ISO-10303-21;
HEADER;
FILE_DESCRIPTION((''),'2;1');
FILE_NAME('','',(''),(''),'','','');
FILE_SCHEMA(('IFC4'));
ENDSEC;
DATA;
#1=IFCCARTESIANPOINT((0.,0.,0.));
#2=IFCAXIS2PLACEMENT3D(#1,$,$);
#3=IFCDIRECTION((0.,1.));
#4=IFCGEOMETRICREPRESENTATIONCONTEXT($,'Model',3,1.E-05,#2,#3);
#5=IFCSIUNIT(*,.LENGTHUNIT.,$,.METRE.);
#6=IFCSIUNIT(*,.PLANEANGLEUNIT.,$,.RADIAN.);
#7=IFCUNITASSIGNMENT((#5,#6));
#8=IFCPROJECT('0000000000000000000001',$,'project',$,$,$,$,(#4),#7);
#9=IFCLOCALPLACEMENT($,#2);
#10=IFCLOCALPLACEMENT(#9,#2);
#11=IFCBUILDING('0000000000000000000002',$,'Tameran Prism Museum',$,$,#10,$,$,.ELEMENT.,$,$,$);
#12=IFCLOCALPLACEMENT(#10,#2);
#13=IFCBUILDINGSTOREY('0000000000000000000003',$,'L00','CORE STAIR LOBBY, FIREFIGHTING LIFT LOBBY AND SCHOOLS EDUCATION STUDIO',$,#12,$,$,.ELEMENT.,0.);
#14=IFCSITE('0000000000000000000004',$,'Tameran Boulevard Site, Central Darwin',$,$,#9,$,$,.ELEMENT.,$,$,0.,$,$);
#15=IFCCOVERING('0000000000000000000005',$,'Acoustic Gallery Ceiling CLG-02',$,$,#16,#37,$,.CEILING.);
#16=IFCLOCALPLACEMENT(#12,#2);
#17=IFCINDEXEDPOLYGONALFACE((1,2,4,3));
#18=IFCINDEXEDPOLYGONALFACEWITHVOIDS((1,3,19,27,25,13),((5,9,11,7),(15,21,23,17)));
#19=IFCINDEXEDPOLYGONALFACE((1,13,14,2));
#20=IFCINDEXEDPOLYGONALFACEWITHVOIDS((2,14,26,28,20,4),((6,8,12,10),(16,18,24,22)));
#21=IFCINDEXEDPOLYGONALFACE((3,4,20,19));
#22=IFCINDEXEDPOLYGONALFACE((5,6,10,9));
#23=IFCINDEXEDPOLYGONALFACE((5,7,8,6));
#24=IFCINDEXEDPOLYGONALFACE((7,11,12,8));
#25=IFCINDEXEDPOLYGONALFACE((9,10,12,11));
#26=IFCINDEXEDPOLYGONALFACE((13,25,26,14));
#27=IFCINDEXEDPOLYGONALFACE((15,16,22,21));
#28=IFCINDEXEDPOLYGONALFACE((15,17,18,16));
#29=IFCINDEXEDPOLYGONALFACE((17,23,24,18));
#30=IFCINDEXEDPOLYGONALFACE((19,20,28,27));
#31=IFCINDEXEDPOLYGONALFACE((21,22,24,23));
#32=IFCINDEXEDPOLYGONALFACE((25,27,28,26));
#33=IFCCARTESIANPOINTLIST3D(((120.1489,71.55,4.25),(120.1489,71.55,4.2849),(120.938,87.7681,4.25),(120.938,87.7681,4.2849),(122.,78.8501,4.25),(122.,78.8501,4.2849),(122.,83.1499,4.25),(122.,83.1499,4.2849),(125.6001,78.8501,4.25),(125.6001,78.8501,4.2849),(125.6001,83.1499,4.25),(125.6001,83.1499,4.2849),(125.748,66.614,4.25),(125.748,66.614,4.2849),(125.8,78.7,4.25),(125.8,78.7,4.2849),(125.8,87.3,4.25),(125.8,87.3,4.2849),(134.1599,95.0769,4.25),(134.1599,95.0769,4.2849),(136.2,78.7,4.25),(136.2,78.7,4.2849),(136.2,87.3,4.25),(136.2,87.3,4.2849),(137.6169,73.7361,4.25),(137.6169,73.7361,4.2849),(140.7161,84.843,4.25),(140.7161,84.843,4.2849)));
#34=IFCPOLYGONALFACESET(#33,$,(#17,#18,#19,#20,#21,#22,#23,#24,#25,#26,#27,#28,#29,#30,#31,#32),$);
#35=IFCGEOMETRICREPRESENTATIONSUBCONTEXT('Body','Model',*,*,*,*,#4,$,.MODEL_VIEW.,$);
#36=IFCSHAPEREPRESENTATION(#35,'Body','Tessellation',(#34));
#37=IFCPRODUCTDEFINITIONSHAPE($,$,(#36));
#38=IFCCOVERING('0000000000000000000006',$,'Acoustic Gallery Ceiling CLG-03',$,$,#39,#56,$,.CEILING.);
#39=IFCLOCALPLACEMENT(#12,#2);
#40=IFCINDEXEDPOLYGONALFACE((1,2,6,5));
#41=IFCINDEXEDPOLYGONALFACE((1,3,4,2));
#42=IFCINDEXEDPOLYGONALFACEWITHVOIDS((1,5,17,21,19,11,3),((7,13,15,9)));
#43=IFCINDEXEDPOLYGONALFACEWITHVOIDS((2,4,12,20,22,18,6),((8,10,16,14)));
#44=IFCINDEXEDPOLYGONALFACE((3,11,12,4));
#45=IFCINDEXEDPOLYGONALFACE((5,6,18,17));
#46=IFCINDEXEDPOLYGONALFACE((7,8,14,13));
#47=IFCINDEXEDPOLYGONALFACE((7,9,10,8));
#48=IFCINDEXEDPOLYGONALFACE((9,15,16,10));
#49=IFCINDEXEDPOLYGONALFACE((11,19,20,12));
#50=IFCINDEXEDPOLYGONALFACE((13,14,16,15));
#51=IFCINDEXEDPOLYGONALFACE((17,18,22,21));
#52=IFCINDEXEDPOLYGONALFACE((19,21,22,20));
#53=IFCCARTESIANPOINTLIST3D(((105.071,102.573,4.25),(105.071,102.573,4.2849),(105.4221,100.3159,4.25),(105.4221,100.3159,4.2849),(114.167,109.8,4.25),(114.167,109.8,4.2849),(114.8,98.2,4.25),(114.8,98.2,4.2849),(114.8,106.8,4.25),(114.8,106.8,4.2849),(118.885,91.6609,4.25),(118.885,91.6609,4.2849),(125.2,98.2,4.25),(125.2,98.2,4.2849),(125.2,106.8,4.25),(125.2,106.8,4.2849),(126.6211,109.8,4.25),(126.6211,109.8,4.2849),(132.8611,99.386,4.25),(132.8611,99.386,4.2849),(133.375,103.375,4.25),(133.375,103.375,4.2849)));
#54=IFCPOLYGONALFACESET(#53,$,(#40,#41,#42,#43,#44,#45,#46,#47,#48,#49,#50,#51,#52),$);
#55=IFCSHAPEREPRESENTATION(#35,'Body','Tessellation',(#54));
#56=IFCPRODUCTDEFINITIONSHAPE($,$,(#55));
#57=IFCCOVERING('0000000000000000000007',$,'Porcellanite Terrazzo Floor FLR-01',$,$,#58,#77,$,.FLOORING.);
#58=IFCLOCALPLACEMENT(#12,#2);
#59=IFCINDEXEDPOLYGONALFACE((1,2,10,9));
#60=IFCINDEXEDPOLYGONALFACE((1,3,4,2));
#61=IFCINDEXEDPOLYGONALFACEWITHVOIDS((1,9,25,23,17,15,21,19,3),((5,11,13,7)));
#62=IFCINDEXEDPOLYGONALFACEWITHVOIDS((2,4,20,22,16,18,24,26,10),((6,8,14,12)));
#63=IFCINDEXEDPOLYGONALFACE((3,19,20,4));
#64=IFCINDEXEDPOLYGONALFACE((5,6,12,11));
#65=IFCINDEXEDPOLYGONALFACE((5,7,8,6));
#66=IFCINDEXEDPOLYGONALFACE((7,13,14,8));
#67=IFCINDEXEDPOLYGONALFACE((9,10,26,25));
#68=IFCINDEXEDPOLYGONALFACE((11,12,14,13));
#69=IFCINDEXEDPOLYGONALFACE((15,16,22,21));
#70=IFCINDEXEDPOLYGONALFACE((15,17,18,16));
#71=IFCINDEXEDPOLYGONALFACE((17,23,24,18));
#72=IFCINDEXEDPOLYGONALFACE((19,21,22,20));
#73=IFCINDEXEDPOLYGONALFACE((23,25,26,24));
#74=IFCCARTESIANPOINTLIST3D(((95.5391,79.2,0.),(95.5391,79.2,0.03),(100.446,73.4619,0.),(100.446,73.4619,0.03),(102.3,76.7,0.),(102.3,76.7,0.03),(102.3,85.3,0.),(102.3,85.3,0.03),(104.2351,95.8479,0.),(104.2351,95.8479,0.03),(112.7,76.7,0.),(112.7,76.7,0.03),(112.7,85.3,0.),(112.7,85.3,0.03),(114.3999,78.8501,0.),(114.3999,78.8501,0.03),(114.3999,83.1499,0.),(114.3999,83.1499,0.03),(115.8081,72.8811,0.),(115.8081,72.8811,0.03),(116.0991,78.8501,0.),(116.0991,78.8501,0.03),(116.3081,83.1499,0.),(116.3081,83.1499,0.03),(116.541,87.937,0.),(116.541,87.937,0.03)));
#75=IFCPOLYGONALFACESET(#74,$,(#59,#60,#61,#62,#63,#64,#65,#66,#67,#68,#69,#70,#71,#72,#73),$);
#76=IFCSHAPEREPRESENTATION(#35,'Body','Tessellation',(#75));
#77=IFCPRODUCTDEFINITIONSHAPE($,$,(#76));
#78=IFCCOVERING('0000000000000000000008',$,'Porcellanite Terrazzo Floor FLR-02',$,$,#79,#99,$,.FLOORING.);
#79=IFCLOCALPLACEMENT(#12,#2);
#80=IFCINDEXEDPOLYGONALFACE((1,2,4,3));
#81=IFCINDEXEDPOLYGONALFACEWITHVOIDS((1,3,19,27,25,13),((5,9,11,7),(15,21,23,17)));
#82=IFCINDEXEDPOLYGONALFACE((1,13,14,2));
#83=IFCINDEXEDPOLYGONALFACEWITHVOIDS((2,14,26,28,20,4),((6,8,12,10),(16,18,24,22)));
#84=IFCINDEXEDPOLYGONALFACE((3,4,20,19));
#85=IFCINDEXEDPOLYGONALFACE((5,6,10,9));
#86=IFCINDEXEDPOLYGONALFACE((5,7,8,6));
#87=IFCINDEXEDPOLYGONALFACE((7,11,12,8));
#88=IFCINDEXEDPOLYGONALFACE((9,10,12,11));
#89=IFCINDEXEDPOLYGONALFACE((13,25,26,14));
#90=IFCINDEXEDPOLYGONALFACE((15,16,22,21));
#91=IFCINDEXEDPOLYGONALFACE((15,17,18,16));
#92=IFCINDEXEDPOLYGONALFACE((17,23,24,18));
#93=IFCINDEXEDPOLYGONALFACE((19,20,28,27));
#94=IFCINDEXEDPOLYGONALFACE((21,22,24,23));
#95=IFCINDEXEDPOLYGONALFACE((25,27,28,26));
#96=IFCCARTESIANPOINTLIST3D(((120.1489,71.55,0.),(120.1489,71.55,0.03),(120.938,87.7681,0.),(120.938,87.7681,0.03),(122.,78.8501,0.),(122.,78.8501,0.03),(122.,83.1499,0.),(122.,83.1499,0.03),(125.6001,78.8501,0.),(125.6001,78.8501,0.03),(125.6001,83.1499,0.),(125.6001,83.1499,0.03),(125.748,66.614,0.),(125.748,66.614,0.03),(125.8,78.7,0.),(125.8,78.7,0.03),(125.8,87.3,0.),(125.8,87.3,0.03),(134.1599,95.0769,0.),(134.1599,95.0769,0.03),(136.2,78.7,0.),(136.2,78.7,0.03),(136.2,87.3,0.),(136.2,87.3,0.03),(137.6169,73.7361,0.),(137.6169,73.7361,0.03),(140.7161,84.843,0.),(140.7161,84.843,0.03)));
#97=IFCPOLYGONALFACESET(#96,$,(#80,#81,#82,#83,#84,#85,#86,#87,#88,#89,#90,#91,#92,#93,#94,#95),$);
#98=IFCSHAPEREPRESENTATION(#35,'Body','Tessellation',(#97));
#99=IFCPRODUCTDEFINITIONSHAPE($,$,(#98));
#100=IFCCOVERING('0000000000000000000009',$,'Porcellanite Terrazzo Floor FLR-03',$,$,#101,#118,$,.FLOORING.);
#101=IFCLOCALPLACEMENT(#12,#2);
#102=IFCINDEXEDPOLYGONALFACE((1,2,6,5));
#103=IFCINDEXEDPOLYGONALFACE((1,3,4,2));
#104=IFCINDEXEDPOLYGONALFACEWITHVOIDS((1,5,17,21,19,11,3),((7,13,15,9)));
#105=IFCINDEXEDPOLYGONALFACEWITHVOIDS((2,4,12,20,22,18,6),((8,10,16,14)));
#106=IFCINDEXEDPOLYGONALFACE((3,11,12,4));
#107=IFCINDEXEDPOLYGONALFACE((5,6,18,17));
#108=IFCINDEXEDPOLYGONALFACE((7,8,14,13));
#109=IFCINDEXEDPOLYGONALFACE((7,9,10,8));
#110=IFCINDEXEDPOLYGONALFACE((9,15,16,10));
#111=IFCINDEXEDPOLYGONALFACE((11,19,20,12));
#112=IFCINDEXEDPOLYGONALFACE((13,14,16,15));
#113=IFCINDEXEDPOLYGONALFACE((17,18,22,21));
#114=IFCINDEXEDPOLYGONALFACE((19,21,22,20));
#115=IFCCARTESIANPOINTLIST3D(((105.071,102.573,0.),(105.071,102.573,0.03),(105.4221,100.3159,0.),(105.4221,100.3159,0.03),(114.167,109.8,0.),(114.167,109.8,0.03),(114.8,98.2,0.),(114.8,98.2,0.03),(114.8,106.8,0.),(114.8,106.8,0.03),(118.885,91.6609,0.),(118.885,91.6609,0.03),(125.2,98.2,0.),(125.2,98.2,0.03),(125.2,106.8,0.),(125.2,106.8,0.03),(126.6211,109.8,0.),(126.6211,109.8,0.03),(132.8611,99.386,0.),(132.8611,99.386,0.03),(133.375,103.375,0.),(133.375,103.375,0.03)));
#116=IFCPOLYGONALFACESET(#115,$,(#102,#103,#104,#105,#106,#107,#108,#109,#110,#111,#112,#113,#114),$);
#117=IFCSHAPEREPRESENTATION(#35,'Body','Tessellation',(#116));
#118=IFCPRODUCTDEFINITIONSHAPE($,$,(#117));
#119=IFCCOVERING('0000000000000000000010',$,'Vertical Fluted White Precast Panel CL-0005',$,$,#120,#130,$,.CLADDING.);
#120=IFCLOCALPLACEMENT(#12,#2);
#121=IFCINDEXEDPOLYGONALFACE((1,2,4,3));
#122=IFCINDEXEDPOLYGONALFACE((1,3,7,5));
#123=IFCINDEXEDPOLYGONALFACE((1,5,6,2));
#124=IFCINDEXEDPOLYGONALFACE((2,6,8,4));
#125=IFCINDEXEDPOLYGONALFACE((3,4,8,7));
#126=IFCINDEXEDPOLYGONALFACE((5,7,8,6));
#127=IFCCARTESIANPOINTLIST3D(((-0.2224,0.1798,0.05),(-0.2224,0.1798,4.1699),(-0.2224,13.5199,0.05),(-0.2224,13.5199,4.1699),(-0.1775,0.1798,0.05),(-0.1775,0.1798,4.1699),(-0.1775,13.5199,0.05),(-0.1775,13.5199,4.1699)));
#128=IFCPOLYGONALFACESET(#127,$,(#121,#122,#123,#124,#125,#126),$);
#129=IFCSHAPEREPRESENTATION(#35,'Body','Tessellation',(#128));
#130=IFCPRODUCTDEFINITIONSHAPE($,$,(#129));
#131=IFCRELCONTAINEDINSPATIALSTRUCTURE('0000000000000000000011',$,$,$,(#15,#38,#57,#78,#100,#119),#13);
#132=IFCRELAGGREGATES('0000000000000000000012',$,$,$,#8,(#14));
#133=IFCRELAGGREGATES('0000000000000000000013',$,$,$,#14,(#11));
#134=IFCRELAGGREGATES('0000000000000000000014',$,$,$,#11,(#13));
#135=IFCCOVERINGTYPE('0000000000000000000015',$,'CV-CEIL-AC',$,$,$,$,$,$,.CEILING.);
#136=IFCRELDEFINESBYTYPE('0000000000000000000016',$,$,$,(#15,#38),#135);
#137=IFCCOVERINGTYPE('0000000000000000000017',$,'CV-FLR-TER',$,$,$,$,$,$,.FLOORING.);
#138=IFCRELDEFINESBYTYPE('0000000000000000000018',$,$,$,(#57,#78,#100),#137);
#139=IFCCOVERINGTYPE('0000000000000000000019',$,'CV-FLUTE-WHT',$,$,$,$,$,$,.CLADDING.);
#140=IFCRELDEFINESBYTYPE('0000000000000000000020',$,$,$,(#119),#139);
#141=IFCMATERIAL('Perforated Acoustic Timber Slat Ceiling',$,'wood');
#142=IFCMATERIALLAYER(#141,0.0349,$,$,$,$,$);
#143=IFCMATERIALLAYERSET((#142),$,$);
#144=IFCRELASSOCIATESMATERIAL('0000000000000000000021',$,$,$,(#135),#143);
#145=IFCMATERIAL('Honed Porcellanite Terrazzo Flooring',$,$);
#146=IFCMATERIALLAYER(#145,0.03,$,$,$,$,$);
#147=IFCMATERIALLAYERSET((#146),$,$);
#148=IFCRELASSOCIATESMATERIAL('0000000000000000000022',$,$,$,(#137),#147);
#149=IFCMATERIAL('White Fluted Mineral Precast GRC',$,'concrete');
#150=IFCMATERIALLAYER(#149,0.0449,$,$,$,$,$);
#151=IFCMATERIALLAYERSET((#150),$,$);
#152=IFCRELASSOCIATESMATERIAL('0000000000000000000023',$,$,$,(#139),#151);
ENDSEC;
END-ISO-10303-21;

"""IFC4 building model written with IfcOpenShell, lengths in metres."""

from ifc_helpers import new_model, si_unit, direction, frame, frame_2d, origin, place, context, subcontext, project, spatial, polyline, rectangle, outline, extrude, material, layer, layer_set, type_object, element, save


model = new_model("IFC4")

# Units and contexts
model_context = context("Model", 3, precision=1e-05, world=origin(), true_north=direction((0.0, 1.0)))
body_context = subcontext(model_context, "Body", "Model", "MODEL_VIEW")
ifc_project = project(units=[si_unit("LENGTHUNIT", "METRE"), si_unit("PLANEANGLEUNIT", "RADIAN")], contexts=[model_context])

# Site, building, storey
site_placement = place(None, origin())
site = spatial("IfcSite", under=ifc_project, at=site_placement, Name="Tameran Boulevard Site, Central Darwin", CompositionType="ELEMENT", RefElevation=0.0)
building_placement = place(site_placement, origin())
building = spatial("IfcBuilding", under=site, at=building_placement, Name="Tameran Prism Museum", CompositionType="ELEMENT")
storey_placement = place(building_placement, origin())
storey = spatial("IfcBuildingStorey", under=building, at=storey_placement, Name="L00", Description="CORE STAIR LOBBY, FIREFIGHTING LIFT LOBBY AND SCHOOLS EDUCATION STUDIO", CompositionType="ELEMENT", Elevation=0.0)

# Coverings
ifc_material_1 = material(Name="Perforated Acoustic Timber Slat Ceiling", Category="wood")
ifc_layer_1 = layer(ifc_material_1, 0.0349)
ifc_layer_set_1 = layer_set([ifc_layer_1])
covering_type_1 = type_object("IfcCoveringType", Name="CV-CEIL-AC", PredefinedType="CEILING", material=ifc_layer_set_1)
covering_1_placement = place(storey_placement, frame((0.0, 0.0, 4.25)))
element("IfcCovering", 1, at=covering_1_placement, inside=storey, type_object=covering_type_1, Name="Acoustic Gallery Ceiling CLG-02", PredefinedType="CEILING", context=body_context, shape_type="SweptSolid", body=[
    extrude(outline(polyline([(120.938, 87.7681), (134.1599, 95.0769), (140.7161, 84.843), (137.6169, 73.7361), (125.748, 66.614), (120.1489, 71.55), (120.938, 87.7681)]), holes=[polyline([(125.6001, 78.8501), (125.6001, 83.1499), (122.0, 83.1499), (122.0, 78.8501), (125.6001, 78.8501)]), polyline([(136.2, 87.3), (125.8, 87.3), (125.8, 78.7), (136.2, 78.7), (136.2, 87.3)])]), origin(), (0.0, 0.0, 1.0), 0.0349),
])
covering_2_placement = place(storey_placement, frame((0.0, 0.0, 4.25)))
element("IfcCovering", 2, at=covering_2_placement, inside=storey, type_object=covering_type_1, Name="Acoustic Gallery Ceiling CLG-03", PredefinedType="CEILING", context=body_context, shape_type="SweptSolid", body=[
    extrude(outline(polyline([(105.071, 102.573), (114.167, 109.8), (126.6211, 109.8), (133.375, 103.375), (132.8611, 99.386), (118.885, 91.6609), (105.4221, 100.3159), (105.071, 102.573)]), holes=[polyline([(125.2, 98.2), (125.2, 106.8), (114.8, 106.8), (114.8, 98.2), (125.2, 98.2)])]), origin(), (0.0, 0.0, 1.0), 0.0349),
])
ifc_material_2 = material(Name="Honed Porcellanite Terrazzo Flooring")
ifc_layer_2 = layer(ifc_material_2, 0.03)
ifc_layer_set_2 = layer_set([ifc_layer_2])
covering_type_2 = type_object("IfcCoveringType", Name="CV-FLR-TER", PredefinedType="FLOORING", material=ifc_layer_set_2)
covering_3_placement = place(storey_placement, origin())
element("IfcCovering", 3, at=covering_3_placement, inside=storey, type_object=covering_type_2, Name="Porcellanite Terrazzo Floor FLR-01", PredefinedType="FLOORING", context=body_context, shape_type="SweptSolid", body=[
    extrude(outline(polyline([(95.5391, 79.2), (104.2351, 95.8479), (116.541, 87.937), (116.3081, 83.1499), (114.3999, 83.1499), (114.3999, 78.8501), (116.0991, 78.8501), (115.8081, 72.8811), (100.446, 73.4619), (95.5391, 79.2)]), holes=[polyline([(112.7, 85.3), (102.3, 85.3), (102.3, 76.7), (112.7, 76.7), (112.7, 85.3)])]), origin(), (0.0, 0.0, 1.0), 0.03),
])
covering_4_placement = place(storey_placement, origin())
element("IfcCovering", 4, at=covering_4_placement, inside=storey, type_object=covering_type_2, Name="Porcellanite Terrazzo Floor FLR-02", PredefinedType="FLOORING", context=body_context, shape_type="SweptSolid", body=[
    extrude(outline(polyline([(120.938, 87.7681), (134.1599, 95.0769), (140.7161, 84.843), (137.6169, 73.7361), (125.748, 66.614), (120.1489, 71.55), (120.938, 87.7681)]), holes=[polyline([(125.6001, 78.8501), (125.6001, 83.1499), (122.0, 83.1499), (122.0, 78.8501), (125.6001, 78.8501)]), polyline([(136.2, 87.3), (125.8, 87.3), (125.8, 78.7), (136.2, 78.7), (136.2, 87.3)])]), origin(), (0.0, 0.0, 1.0), 0.03),
])
covering_5_placement = place(storey_placement, origin())
element("IfcCovering", 5, at=covering_5_placement, inside=storey, type_object=covering_type_2, Name="Porcellanite Terrazzo Floor FLR-03", PredefinedType="FLOORING", context=body_context, shape_type="SweptSolid", body=[
    extrude(outline(polyline([(105.071, 102.573), (114.167, 109.8), (126.6211, 109.8), (133.375, 103.375), (132.8611, 99.386), (118.885, 91.6609), (105.4221, 100.3159), (105.071, 102.573)]), holes=[polyline([(125.2, 98.2), (125.2, 106.8), (114.8, 106.8), (114.8, 98.2), (125.2, 98.2)])]), origin(), (0.0, 0.0, 1.0), 0.03),
])
ifc_material_3 = material(Name="White Fluted Mineral Precast GRC", Category="concrete")
ifc_layer_3 = layer(ifc_material_3, 0.0449)
ifc_layer_set_3 = layer_set([ifc_layer_3])
covering_type_3 = type_object("IfcCoveringType", Name="CV-FLUTE-WHT", PredefinedType="CLADDING", material=ifc_layer_set_3)
covering_6_placement = place(storey_placement, frame((-0.2, 0.1799, 0.05), z_axis=(0.0, 0.0, 1.0), x_axis=(0.0, 1.0, 0.0)))
element("IfcCovering", 6, at=covering_6_placement, inside=storey, type_object=covering_type_3, Name="Vertical Fluted White Precast Panel CL-0005", PredefinedType="CLADDING", context=body_context, shape_type="SweptSolid", body=[
    extrude(rectangle(XDim=13.3401, YDim=0.0449, at=frame_2d((6.6699, 0.0))), origin(), (0.0, 0.0, 1.0), 4.1199),
])

save(model, "model.ifc")
